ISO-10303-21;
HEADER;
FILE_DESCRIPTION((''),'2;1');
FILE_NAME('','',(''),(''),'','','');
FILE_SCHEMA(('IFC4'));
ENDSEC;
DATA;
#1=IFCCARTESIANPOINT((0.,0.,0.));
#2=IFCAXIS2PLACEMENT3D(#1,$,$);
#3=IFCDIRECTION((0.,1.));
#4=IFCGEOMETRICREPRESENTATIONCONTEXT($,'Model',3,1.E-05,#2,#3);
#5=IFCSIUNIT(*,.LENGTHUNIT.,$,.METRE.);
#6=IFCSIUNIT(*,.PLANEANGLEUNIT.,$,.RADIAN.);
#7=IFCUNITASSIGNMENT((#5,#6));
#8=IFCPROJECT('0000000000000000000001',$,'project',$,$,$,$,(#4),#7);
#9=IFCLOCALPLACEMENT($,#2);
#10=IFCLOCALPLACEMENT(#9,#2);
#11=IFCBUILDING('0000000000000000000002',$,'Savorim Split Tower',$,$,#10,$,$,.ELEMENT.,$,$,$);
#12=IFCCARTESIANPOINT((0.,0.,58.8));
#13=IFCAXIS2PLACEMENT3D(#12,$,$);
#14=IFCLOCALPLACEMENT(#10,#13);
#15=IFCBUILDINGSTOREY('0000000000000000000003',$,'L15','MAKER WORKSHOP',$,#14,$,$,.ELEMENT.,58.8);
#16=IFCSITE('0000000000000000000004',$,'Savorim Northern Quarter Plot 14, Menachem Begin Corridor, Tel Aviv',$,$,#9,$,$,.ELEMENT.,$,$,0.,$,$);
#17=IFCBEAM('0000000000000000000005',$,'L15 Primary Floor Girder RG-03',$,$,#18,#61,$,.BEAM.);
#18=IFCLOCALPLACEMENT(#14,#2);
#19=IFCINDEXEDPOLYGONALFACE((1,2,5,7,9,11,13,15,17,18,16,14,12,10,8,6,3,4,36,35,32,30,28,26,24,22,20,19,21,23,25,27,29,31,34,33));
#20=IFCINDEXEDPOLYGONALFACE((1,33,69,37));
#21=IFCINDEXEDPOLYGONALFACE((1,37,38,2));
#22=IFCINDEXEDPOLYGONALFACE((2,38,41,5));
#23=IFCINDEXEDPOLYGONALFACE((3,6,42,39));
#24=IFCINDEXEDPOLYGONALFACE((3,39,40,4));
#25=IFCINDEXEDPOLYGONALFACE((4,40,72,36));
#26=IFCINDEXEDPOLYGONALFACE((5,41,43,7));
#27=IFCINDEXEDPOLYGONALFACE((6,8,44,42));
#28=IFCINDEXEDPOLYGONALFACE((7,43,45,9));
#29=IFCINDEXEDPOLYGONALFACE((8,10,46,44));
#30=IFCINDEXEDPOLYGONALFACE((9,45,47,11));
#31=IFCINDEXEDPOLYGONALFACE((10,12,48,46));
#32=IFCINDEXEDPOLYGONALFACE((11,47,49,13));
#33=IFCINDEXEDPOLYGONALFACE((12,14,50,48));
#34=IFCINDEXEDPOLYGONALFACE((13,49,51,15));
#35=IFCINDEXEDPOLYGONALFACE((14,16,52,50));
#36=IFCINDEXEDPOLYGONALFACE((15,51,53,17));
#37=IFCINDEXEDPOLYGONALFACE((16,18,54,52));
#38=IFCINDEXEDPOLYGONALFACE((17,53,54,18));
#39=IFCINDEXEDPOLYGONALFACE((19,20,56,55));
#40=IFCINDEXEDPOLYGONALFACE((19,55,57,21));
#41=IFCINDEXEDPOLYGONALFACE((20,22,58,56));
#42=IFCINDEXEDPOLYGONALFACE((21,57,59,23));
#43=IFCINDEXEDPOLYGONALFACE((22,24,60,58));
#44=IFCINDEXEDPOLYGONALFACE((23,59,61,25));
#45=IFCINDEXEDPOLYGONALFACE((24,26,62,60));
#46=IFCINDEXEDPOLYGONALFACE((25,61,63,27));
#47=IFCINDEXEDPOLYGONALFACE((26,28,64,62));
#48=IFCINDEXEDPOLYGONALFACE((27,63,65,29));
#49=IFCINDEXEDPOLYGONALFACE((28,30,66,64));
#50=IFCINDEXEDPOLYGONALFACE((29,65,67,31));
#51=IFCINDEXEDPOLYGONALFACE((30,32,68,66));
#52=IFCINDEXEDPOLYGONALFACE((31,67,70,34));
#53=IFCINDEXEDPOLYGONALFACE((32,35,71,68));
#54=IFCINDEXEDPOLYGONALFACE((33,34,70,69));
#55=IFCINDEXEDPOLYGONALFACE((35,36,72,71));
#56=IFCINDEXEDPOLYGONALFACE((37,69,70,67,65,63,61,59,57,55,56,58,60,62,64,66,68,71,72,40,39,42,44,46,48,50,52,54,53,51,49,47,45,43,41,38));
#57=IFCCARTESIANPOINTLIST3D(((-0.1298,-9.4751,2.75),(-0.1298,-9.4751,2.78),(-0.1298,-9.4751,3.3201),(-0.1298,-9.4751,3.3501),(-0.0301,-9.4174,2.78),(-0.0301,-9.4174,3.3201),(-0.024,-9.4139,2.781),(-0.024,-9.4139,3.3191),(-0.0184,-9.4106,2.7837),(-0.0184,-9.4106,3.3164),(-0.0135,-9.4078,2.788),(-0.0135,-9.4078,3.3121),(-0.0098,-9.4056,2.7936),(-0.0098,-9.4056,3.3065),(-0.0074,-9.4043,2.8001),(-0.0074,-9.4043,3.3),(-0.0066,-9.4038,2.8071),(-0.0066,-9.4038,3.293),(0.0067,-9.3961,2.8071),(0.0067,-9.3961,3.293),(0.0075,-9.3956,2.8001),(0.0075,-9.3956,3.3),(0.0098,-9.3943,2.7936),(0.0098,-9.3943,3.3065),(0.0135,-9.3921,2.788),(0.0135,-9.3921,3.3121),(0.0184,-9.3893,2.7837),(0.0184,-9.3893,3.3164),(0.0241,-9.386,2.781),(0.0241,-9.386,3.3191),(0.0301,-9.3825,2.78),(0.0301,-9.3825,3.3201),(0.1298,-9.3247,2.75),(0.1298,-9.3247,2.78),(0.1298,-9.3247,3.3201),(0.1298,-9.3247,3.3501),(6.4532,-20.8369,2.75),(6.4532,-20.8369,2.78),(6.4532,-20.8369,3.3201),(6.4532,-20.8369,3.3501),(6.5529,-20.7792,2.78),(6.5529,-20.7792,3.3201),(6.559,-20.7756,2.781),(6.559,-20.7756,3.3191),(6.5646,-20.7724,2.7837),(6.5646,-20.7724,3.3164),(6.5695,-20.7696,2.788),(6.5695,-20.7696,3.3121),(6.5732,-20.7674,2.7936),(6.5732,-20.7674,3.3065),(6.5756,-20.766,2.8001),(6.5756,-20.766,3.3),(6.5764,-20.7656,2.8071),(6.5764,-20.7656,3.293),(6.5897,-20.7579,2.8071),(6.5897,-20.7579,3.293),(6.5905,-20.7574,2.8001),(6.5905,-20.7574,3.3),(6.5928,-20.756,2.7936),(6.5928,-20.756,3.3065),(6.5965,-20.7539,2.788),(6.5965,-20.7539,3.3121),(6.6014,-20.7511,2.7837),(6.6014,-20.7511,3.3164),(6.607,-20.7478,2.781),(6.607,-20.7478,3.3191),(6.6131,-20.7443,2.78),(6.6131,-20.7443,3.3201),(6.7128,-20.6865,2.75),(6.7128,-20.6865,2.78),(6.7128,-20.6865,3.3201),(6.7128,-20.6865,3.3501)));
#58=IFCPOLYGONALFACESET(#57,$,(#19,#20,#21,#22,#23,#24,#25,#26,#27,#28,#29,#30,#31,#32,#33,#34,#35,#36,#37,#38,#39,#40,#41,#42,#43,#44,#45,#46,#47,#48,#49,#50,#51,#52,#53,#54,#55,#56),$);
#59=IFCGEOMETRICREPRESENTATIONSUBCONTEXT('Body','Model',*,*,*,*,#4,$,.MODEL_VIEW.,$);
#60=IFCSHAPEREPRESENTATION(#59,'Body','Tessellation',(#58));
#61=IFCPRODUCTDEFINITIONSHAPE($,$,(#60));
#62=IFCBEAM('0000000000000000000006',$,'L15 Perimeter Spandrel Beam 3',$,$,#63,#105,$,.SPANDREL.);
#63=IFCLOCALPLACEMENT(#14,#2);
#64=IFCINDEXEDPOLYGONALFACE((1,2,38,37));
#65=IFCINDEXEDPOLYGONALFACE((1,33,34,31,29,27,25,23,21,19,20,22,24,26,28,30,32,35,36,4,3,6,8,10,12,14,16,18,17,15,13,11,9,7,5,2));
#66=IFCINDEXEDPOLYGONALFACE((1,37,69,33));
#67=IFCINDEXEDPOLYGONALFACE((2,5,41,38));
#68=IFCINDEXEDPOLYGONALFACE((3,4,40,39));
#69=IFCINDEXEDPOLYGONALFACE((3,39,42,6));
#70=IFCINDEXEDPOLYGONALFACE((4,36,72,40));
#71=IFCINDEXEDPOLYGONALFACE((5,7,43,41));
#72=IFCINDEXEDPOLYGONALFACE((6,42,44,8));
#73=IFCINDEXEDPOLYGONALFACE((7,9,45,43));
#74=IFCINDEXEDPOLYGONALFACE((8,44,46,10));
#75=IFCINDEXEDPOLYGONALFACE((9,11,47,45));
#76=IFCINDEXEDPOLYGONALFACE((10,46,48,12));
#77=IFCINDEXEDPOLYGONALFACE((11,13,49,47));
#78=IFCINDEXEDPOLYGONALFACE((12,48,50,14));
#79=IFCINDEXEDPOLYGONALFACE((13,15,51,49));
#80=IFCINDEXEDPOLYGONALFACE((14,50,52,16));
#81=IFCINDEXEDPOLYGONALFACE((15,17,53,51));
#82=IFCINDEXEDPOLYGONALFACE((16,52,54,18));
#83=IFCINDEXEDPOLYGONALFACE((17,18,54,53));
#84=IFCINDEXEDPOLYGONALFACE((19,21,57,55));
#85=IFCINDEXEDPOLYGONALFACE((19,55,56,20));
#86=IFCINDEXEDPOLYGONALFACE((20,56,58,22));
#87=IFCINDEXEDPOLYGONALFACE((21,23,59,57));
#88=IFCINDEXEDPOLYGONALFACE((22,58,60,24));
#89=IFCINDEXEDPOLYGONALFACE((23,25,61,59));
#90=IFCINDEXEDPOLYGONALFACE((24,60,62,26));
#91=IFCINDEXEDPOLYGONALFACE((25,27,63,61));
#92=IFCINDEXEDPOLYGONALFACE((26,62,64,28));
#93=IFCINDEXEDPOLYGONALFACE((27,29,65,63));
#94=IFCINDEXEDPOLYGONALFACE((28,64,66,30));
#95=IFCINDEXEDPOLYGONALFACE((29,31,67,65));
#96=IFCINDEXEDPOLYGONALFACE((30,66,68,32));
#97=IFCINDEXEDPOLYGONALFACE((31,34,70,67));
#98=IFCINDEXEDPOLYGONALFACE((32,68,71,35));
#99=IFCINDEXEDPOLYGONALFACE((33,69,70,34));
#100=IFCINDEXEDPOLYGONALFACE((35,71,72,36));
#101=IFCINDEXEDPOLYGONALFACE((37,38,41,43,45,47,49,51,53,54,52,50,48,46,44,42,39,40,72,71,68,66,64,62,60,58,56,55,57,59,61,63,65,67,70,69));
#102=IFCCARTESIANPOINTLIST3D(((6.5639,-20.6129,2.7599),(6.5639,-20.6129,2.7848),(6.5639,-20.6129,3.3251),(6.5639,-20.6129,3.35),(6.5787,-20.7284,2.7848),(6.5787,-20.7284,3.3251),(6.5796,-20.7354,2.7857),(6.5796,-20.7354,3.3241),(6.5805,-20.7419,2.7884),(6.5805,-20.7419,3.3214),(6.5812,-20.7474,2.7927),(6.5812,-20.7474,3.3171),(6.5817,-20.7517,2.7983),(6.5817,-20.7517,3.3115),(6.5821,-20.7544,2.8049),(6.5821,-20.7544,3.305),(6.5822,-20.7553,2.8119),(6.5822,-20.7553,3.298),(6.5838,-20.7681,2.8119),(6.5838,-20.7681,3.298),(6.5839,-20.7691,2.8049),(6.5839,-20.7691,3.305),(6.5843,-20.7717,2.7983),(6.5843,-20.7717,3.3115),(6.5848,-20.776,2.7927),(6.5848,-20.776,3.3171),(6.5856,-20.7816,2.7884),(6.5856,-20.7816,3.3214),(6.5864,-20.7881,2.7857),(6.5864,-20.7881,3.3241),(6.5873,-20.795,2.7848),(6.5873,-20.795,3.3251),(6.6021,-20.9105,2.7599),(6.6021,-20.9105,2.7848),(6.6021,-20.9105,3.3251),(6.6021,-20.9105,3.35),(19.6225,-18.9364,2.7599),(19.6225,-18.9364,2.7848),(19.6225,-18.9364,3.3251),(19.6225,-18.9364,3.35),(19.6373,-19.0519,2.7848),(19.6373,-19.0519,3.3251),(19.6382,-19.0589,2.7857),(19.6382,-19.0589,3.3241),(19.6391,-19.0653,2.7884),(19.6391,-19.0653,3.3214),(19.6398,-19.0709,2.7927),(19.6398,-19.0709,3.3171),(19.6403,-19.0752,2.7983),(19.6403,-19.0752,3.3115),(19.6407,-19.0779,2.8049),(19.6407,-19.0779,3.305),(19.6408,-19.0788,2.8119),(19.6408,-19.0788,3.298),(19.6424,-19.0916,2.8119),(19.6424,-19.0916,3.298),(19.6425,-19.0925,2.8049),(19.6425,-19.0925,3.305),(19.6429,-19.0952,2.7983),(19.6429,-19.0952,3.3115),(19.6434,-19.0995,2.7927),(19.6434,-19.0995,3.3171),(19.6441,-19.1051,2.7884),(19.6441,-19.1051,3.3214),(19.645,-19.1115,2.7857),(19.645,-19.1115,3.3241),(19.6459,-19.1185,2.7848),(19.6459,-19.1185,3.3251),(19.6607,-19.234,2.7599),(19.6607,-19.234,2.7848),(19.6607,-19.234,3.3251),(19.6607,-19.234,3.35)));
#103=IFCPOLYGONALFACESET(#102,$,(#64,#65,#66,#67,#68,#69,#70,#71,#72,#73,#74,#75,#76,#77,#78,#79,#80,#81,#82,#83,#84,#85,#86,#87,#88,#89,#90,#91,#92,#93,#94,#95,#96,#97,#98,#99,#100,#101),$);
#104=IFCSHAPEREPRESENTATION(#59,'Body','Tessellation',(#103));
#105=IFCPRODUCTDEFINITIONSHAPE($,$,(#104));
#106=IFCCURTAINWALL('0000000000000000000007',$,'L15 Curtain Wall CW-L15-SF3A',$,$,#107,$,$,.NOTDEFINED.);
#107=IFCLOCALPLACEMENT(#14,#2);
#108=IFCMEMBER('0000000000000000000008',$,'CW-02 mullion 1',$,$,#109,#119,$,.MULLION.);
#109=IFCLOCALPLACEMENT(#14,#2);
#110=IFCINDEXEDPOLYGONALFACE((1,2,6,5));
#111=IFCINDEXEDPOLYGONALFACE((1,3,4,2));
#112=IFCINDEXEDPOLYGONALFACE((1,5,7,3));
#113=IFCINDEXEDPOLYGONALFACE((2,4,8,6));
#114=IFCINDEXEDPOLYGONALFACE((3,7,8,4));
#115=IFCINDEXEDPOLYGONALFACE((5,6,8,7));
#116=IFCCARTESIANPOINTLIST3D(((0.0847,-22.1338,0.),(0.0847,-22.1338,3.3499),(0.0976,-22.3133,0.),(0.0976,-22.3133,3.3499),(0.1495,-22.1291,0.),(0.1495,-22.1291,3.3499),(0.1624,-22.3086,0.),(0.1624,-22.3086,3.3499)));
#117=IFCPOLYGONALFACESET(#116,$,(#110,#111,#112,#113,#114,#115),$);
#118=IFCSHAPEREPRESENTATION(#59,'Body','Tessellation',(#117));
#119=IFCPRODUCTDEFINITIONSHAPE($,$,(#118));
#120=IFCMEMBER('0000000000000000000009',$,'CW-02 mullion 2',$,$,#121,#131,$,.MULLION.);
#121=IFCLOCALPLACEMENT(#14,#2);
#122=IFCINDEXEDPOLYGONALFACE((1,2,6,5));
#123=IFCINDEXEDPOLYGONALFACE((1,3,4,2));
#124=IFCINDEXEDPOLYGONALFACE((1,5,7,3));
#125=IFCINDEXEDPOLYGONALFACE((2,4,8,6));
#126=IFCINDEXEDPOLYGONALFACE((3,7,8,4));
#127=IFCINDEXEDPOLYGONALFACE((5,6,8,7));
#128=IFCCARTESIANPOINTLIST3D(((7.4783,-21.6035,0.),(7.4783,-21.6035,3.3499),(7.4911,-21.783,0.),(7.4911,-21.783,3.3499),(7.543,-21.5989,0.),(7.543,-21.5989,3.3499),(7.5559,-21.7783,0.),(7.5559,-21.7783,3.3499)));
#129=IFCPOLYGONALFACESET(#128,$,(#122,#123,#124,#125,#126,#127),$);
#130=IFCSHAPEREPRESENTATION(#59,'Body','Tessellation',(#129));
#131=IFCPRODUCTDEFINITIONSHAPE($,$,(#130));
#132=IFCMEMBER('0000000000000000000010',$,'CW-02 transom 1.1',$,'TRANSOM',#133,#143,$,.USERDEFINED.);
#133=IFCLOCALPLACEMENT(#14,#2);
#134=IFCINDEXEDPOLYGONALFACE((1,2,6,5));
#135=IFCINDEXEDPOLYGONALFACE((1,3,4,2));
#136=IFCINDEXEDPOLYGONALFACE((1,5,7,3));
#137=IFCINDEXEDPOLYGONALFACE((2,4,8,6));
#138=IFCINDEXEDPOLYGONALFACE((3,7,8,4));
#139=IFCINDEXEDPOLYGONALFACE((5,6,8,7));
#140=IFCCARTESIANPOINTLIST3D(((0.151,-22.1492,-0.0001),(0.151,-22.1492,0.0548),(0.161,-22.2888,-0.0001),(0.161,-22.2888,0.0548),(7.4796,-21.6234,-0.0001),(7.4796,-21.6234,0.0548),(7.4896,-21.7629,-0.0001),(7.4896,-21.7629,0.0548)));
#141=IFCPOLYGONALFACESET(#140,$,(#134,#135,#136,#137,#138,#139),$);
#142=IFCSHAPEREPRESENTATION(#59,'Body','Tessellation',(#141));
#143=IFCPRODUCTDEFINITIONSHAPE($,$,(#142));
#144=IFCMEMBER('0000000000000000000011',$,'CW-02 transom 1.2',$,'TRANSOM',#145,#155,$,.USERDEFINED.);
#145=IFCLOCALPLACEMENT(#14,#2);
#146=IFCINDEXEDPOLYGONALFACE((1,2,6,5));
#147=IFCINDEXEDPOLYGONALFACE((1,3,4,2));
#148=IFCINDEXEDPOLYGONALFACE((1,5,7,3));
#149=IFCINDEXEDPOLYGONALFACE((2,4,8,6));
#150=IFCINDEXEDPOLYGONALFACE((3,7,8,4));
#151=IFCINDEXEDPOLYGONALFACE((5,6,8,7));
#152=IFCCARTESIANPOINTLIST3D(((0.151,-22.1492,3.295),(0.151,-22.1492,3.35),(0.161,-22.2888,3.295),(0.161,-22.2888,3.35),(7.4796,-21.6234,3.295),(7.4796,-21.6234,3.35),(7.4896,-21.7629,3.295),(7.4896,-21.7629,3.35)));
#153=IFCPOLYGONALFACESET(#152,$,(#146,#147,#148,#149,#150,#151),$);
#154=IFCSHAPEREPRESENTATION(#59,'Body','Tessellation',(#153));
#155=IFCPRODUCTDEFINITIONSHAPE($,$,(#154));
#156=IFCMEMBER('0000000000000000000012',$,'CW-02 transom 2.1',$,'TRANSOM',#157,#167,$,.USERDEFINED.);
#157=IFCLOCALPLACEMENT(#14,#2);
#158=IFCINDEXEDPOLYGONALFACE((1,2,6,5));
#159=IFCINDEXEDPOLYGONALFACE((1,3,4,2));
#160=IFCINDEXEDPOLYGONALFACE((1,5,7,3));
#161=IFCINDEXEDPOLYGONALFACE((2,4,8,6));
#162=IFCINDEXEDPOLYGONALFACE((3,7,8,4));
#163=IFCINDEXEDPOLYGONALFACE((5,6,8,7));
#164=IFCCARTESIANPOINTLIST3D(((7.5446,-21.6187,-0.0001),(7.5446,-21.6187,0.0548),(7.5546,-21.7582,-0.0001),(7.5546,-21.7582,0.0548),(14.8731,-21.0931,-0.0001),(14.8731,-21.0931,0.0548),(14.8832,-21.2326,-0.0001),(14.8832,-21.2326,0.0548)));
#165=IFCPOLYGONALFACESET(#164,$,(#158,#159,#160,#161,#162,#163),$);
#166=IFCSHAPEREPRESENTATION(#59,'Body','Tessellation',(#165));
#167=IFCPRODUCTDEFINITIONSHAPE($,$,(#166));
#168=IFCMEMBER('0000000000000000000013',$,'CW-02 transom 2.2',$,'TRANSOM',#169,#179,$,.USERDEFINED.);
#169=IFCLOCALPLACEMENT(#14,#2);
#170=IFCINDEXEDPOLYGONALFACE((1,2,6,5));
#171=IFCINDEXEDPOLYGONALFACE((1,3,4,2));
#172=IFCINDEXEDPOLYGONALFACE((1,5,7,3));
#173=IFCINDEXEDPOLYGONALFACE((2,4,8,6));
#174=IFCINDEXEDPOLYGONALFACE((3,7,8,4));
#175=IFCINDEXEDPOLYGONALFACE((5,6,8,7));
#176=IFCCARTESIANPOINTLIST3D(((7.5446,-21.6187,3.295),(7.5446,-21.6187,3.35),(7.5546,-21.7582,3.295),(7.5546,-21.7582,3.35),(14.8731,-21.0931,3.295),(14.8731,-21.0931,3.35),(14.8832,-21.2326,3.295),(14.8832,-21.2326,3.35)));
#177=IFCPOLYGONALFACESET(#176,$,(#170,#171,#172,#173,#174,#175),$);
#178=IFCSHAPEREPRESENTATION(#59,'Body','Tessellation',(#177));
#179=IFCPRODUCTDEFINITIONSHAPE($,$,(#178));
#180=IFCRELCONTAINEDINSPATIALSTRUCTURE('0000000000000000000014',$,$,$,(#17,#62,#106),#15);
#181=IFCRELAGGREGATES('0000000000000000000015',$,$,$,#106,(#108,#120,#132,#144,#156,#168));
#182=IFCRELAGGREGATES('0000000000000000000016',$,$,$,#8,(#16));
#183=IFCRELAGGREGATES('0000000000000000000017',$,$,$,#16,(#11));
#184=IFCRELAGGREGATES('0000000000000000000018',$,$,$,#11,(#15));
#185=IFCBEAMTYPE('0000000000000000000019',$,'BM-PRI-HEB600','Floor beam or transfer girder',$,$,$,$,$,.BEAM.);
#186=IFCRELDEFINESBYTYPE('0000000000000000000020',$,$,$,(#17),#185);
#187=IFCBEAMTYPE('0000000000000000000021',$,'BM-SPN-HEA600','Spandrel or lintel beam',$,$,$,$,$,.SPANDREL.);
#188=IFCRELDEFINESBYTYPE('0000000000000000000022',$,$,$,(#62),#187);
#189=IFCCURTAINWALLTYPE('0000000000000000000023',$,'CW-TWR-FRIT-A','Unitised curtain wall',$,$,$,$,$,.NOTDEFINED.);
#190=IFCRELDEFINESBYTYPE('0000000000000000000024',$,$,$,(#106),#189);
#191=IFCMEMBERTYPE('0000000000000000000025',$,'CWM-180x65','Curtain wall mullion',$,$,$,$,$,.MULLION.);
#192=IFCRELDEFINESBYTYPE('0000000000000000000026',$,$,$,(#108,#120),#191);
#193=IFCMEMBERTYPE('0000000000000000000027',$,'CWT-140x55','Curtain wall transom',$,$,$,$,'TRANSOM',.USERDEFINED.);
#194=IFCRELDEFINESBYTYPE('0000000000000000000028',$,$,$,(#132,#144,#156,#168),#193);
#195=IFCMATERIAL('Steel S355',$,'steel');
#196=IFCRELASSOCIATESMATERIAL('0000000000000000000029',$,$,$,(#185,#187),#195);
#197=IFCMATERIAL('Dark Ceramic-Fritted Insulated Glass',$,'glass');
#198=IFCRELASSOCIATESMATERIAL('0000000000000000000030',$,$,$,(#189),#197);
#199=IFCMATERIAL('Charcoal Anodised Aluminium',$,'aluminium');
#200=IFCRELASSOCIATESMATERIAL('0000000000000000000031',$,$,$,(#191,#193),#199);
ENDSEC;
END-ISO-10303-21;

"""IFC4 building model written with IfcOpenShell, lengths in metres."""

from ifc_helpers import new_model, si_unit, direction, frame, origin, origin_2d, place, context, subcontext, project, spatial, rectangle, i_section, extrude, material, material_profile, profile_set, type_object, element, aggregate, save


model = new_model("IFC4")

# Units and contexts
model_context = context("Model", 3, precision=1e-05, world=origin(), true_north=direction((0.0, 1.0)))
body_context = subcontext(model_context, "Body", "Model", "MODEL_VIEW")
ifc_project = project(units=[si_unit("LENGTHUNIT", "METRE"), si_unit("PLANEANGLEUNIT", "RADIAN")], contexts=[model_context])

# Site, building, storey
site_placement = place(None, origin())
site = spatial("IfcSite", under=ifc_project, at=site_placement, Name="Savorim Northern Quarter Plot 14, Menachem Begin Corridor, Tel Aviv", CompositionType="ELEMENT", RefElevation=0.0)
building_placement = place(site_placement, origin())
building = spatial("IfcBuilding", under=site, at=building_placement, Name="Savorim Split Tower", CompositionType="ELEMENT")
storey_placement = place(building_placement, frame((0.0, 0.0, 58.8)))
storey = spatial("IfcBuildingStorey", under=building, at=storey_placement, Name="L15", Description="MAKER WORKSHOP", CompositionType="ELEMENT", Elevation=58.8)

# Beams
ifc_material_1 = material(Name="Steel S355", Category="steel")
ifc_material_profile_1 = material_profile(ifc_material_1, i_section(OverallWidth=0.3, OverallDepth=0.6001, WebThickness=0.0154, FlangeThickness=0.03, FilletRadius=0.0271, at=origin_2d()), Name="HEB 600")
ifc_profile_set_1 = profile_set([ifc_material_profile_1], Name="Steel S355")
beam_type_1 = type_object("IfcBeamType", Name="BM-PRI-HEB600", Description="Floor beam or transfer girder", PredefinedType="BEAM", material=ifc_profile_set_1)
beam_1_placement = place(storey_placement, frame((6.583, -20.7617, 3.05), z_axis=(-0.501328, 0.865257, 0.0), x_axis=(-0.865257, -0.501328, 0.0)))
element("IfcBeam", 1, at=beam_1_placement, inside=storey, type_object=beam_type_1, Name="L15 Primary Floor Girder RG-03", PredefinedType="BEAM", context=body_context, shape_type="SweptSolid", body=[
    extrude(i_section(OverallWidth=0.3, OverallDepth=0.6001, WebThickness=0.0154, FlangeThickness=0.03, FilletRadius=0.0271, at=origin_2d()), origin(), (0.0, 0.0, 1.0), 13.1311),
])
ifc_material_profile_2 = material_profile(ifc_material_1, i_section(OverallWidth=0.3, OverallDepth=0.5901, WebThickness=0.0129, FlangeThickness=0.0249, FilletRadius=0.0271, at=origin_2d()), Name="HEA 600")
ifc_profile_set_2 = profile_set([ifc_material_profile_2], Name="Steel S355")
beam_type_2 = type_object("IfcBeamType", Name="BM-SPN-HEA600", Description="Spandrel or lintel beam", PredefinedType="SPANDREL", material=ifc_profile_set_2)
beam_2_placement = place(storey_placement, frame((6.583, -20.7617, 3.0549), z_axis=(0.991859, 0.127339, 0.0), x_axis=(-0.127339, 0.991859, 0.0)))
element("IfcBeam", 2, at=beam_2_placement, inside=storey, type_object=beam_type_2, Name="L15 Perimeter Spandrel Beam 3", PredefinedType="SPANDREL", context=body_context, shape_type="SweptSolid", body=[
    extrude(i_section(OverallWidth=0.3, OverallDepth=0.5901, WebThickness=0.0129, FlangeThickness=0.0249, FilletRadius=0.0271, at=origin_2d()), origin(), (0.0, 0.0, 1.0), 13.1658),
])

# Curtain wall, members
ifc_material_2 = material(Name="Dark Ceramic-Fritted Insulated Glass", Category="glass")
curtain_wall_type = type_object("IfcCurtainWallType", Name="CW-TWR-FRIT-A", Description="Unitised curtain wall", PredefinedType="NOTDEFINED", material=ifc_material_2)
curtain_wall_placement = place(storey_placement, origin())
curtain_wall = element("IfcCurtainWall", 3, at=curtain_wall_placement, inside=storey, type_object=curtain_wall_type, Name="L15 Curtain Wall CW-L15-SF3A", PredefinedType="NOTDEFINED")
ifc_material_3 = material(Name="Charcoal Anodised Aluminium", Category="aluminium")
ifc_material_profile_3 = material_profile(ifc_material_3, rectangle(XDim=0.1799, YDim=0.0649, at=origin_2d()), Name="ALU-M 180x65")
ifc_profile_set_3 = profile_set([ifc_material_profile_3], Name="Charcoal Anodised Aluminium")
member_type_1 = type_object("IfcMemberType", Name="CWM-180x65", Description="Curtain wall mullion", PredefinedType="MULLION", material=ifc_profile_set_3)
member_1_placement = place(storey_placement, frame((0.1235, -22.2212, 0.0), z_axis=(0.0, 0.0, 1.0), x_axis=(-0.071559, 0.997436, 0.0)))
member_1 = element("IfcMember", 4, at=member_1_placement, type_object=member_type_1, Name="CW-02 mullion 1", PredefinedType="MULLION", context=body_context, shape_type="SweptSolid", body=[
    extrude(rectangle(XDim=0.1799, YDim=0.0649, at=origin_2d()), origin(), (0.0, 0.0, 1.0), 3.3499),
])
member_2_placement = place(storey_placement, frame((7.5171, -21.6909, 0.0), z_axis=(0.0, 0.0, 1.0), x_axis=(-0.071559, 0.997436, 0.0)))
member_2 = element("IfcMember", 5, at=member_2_placement, type_object=member_type_1, Name="CW-02 mullion 2", PredefinedType="MULLION", context=body_context, shape_type="SweptSolid", body=[
    extrude(rectangle(XDim=0.1799, YDim=0.0649, at=origin_2d()), origin(), (0.0, 0.0, 1.0), 3.3499),
])
ifc_material_profile_4 = material_profile(ifc_material_3, rectangle(XDim=0.1399, YDim=0.0549, at=origin_2d()), Name="ALU-T 140x55")
ifc_profile_set_4 = profile_set([ifc_material_profile_4], Name="Charcoal Anodised Aluminium")
member_type_2 = type_object("IfcMemberType", Name="CWT-140x55", Description="Curtain wall transom", ElementType="TRANSOM", PredefinedType="USERDEFINED", material=ifc_profile_set_4)
member_3_placement = place(storey_placement, frame((0.156, -22.219, 0.0273), z_axis=(0.997435, 0.071573, 0.0), x_axis=(-0.071573, 0.997435, 0.0)))
member_3 = element("IfcMember", 6, at=member_3_placement, type_object=member_type_2, Name="CW-02 transom 1.1", ObjectType="TRANSOM", PredefinedType="USERDEFINED", context=body_context, shape_type="SweptSolid", body=[
    extrude(rectangle(XDim=0.1399, YDim=0.0549, at=origin_2d()), origin(), (0.0, 0.0, 1.0), 7.3474),
])
member_4_placement = place(storey_placement, frame((0.156, -22.219, 3.3225), z_axis=(0.997435, 0.071573, 0.0), x_axis=(-0.071573, 0.997435, 0.0)))
member_4 = element("IfcMember", 7, at=member_4_placement, type_object=member_type_2, Name="CW-02 transom 1.2", ObjectType="TRANSOM", PredefinedType="USERDEFINED", context=body_context, shape_type="SweptSolid", body=[
    extrude(rectangle(XDim=0.1399, YDim=0.0549, at=origin_2d()), origin(), (0.0, 0.0, 1.0), 7.3474),
])
member_5_placement = place(storey_placement, frame((7.5496, -21.6885, 0.0273), z_axis=(0.997438, 0.07154, 0.0), x_axis=(-0.07154, 0.997438, 0.0)))
member_5 = element("IfcMember", 8, at=member_5_placement, type_object=member_type_2, Name="CW-02 transom 2.1", ObjectType="TRANSOM", PredefinedType="USERDEFINED", context=body_context, shape_type="SweptSolid", body=[
    extrude(rectangle(XDim=0.1399, YDim=0.0549, at=origin_2d()), origin(), (0.0, 0.0, 1.0), 7.3474),
])
member_6_placement = place(storey_placement, frame((7.5496, -21.6885, 3.3225), z_axis=(0.997438, 0.07154, 0.0), x_axis=(-0.07154, 0.997438, 0.0)))
member_6 = element("IfcMember", 9, at=member_6_placement, type_object=member_type_2, Name="CW-02 transom 2.2", ObjectType="TRANSOM", PredefinedType="USERDEFINED", context=body_context, shape_type="SweptSolid", body=[
    extrude(rectangle(XDim=0.1399, YDim=0.0549, at=origin_2d()), origin(), (0.0, 0.0, 1.0), 7.3474),
])
aggregate(curtain_wall, [member_1, member_2, member_3, member_4, member_5, member_6])

save(model, "model.ifc")
